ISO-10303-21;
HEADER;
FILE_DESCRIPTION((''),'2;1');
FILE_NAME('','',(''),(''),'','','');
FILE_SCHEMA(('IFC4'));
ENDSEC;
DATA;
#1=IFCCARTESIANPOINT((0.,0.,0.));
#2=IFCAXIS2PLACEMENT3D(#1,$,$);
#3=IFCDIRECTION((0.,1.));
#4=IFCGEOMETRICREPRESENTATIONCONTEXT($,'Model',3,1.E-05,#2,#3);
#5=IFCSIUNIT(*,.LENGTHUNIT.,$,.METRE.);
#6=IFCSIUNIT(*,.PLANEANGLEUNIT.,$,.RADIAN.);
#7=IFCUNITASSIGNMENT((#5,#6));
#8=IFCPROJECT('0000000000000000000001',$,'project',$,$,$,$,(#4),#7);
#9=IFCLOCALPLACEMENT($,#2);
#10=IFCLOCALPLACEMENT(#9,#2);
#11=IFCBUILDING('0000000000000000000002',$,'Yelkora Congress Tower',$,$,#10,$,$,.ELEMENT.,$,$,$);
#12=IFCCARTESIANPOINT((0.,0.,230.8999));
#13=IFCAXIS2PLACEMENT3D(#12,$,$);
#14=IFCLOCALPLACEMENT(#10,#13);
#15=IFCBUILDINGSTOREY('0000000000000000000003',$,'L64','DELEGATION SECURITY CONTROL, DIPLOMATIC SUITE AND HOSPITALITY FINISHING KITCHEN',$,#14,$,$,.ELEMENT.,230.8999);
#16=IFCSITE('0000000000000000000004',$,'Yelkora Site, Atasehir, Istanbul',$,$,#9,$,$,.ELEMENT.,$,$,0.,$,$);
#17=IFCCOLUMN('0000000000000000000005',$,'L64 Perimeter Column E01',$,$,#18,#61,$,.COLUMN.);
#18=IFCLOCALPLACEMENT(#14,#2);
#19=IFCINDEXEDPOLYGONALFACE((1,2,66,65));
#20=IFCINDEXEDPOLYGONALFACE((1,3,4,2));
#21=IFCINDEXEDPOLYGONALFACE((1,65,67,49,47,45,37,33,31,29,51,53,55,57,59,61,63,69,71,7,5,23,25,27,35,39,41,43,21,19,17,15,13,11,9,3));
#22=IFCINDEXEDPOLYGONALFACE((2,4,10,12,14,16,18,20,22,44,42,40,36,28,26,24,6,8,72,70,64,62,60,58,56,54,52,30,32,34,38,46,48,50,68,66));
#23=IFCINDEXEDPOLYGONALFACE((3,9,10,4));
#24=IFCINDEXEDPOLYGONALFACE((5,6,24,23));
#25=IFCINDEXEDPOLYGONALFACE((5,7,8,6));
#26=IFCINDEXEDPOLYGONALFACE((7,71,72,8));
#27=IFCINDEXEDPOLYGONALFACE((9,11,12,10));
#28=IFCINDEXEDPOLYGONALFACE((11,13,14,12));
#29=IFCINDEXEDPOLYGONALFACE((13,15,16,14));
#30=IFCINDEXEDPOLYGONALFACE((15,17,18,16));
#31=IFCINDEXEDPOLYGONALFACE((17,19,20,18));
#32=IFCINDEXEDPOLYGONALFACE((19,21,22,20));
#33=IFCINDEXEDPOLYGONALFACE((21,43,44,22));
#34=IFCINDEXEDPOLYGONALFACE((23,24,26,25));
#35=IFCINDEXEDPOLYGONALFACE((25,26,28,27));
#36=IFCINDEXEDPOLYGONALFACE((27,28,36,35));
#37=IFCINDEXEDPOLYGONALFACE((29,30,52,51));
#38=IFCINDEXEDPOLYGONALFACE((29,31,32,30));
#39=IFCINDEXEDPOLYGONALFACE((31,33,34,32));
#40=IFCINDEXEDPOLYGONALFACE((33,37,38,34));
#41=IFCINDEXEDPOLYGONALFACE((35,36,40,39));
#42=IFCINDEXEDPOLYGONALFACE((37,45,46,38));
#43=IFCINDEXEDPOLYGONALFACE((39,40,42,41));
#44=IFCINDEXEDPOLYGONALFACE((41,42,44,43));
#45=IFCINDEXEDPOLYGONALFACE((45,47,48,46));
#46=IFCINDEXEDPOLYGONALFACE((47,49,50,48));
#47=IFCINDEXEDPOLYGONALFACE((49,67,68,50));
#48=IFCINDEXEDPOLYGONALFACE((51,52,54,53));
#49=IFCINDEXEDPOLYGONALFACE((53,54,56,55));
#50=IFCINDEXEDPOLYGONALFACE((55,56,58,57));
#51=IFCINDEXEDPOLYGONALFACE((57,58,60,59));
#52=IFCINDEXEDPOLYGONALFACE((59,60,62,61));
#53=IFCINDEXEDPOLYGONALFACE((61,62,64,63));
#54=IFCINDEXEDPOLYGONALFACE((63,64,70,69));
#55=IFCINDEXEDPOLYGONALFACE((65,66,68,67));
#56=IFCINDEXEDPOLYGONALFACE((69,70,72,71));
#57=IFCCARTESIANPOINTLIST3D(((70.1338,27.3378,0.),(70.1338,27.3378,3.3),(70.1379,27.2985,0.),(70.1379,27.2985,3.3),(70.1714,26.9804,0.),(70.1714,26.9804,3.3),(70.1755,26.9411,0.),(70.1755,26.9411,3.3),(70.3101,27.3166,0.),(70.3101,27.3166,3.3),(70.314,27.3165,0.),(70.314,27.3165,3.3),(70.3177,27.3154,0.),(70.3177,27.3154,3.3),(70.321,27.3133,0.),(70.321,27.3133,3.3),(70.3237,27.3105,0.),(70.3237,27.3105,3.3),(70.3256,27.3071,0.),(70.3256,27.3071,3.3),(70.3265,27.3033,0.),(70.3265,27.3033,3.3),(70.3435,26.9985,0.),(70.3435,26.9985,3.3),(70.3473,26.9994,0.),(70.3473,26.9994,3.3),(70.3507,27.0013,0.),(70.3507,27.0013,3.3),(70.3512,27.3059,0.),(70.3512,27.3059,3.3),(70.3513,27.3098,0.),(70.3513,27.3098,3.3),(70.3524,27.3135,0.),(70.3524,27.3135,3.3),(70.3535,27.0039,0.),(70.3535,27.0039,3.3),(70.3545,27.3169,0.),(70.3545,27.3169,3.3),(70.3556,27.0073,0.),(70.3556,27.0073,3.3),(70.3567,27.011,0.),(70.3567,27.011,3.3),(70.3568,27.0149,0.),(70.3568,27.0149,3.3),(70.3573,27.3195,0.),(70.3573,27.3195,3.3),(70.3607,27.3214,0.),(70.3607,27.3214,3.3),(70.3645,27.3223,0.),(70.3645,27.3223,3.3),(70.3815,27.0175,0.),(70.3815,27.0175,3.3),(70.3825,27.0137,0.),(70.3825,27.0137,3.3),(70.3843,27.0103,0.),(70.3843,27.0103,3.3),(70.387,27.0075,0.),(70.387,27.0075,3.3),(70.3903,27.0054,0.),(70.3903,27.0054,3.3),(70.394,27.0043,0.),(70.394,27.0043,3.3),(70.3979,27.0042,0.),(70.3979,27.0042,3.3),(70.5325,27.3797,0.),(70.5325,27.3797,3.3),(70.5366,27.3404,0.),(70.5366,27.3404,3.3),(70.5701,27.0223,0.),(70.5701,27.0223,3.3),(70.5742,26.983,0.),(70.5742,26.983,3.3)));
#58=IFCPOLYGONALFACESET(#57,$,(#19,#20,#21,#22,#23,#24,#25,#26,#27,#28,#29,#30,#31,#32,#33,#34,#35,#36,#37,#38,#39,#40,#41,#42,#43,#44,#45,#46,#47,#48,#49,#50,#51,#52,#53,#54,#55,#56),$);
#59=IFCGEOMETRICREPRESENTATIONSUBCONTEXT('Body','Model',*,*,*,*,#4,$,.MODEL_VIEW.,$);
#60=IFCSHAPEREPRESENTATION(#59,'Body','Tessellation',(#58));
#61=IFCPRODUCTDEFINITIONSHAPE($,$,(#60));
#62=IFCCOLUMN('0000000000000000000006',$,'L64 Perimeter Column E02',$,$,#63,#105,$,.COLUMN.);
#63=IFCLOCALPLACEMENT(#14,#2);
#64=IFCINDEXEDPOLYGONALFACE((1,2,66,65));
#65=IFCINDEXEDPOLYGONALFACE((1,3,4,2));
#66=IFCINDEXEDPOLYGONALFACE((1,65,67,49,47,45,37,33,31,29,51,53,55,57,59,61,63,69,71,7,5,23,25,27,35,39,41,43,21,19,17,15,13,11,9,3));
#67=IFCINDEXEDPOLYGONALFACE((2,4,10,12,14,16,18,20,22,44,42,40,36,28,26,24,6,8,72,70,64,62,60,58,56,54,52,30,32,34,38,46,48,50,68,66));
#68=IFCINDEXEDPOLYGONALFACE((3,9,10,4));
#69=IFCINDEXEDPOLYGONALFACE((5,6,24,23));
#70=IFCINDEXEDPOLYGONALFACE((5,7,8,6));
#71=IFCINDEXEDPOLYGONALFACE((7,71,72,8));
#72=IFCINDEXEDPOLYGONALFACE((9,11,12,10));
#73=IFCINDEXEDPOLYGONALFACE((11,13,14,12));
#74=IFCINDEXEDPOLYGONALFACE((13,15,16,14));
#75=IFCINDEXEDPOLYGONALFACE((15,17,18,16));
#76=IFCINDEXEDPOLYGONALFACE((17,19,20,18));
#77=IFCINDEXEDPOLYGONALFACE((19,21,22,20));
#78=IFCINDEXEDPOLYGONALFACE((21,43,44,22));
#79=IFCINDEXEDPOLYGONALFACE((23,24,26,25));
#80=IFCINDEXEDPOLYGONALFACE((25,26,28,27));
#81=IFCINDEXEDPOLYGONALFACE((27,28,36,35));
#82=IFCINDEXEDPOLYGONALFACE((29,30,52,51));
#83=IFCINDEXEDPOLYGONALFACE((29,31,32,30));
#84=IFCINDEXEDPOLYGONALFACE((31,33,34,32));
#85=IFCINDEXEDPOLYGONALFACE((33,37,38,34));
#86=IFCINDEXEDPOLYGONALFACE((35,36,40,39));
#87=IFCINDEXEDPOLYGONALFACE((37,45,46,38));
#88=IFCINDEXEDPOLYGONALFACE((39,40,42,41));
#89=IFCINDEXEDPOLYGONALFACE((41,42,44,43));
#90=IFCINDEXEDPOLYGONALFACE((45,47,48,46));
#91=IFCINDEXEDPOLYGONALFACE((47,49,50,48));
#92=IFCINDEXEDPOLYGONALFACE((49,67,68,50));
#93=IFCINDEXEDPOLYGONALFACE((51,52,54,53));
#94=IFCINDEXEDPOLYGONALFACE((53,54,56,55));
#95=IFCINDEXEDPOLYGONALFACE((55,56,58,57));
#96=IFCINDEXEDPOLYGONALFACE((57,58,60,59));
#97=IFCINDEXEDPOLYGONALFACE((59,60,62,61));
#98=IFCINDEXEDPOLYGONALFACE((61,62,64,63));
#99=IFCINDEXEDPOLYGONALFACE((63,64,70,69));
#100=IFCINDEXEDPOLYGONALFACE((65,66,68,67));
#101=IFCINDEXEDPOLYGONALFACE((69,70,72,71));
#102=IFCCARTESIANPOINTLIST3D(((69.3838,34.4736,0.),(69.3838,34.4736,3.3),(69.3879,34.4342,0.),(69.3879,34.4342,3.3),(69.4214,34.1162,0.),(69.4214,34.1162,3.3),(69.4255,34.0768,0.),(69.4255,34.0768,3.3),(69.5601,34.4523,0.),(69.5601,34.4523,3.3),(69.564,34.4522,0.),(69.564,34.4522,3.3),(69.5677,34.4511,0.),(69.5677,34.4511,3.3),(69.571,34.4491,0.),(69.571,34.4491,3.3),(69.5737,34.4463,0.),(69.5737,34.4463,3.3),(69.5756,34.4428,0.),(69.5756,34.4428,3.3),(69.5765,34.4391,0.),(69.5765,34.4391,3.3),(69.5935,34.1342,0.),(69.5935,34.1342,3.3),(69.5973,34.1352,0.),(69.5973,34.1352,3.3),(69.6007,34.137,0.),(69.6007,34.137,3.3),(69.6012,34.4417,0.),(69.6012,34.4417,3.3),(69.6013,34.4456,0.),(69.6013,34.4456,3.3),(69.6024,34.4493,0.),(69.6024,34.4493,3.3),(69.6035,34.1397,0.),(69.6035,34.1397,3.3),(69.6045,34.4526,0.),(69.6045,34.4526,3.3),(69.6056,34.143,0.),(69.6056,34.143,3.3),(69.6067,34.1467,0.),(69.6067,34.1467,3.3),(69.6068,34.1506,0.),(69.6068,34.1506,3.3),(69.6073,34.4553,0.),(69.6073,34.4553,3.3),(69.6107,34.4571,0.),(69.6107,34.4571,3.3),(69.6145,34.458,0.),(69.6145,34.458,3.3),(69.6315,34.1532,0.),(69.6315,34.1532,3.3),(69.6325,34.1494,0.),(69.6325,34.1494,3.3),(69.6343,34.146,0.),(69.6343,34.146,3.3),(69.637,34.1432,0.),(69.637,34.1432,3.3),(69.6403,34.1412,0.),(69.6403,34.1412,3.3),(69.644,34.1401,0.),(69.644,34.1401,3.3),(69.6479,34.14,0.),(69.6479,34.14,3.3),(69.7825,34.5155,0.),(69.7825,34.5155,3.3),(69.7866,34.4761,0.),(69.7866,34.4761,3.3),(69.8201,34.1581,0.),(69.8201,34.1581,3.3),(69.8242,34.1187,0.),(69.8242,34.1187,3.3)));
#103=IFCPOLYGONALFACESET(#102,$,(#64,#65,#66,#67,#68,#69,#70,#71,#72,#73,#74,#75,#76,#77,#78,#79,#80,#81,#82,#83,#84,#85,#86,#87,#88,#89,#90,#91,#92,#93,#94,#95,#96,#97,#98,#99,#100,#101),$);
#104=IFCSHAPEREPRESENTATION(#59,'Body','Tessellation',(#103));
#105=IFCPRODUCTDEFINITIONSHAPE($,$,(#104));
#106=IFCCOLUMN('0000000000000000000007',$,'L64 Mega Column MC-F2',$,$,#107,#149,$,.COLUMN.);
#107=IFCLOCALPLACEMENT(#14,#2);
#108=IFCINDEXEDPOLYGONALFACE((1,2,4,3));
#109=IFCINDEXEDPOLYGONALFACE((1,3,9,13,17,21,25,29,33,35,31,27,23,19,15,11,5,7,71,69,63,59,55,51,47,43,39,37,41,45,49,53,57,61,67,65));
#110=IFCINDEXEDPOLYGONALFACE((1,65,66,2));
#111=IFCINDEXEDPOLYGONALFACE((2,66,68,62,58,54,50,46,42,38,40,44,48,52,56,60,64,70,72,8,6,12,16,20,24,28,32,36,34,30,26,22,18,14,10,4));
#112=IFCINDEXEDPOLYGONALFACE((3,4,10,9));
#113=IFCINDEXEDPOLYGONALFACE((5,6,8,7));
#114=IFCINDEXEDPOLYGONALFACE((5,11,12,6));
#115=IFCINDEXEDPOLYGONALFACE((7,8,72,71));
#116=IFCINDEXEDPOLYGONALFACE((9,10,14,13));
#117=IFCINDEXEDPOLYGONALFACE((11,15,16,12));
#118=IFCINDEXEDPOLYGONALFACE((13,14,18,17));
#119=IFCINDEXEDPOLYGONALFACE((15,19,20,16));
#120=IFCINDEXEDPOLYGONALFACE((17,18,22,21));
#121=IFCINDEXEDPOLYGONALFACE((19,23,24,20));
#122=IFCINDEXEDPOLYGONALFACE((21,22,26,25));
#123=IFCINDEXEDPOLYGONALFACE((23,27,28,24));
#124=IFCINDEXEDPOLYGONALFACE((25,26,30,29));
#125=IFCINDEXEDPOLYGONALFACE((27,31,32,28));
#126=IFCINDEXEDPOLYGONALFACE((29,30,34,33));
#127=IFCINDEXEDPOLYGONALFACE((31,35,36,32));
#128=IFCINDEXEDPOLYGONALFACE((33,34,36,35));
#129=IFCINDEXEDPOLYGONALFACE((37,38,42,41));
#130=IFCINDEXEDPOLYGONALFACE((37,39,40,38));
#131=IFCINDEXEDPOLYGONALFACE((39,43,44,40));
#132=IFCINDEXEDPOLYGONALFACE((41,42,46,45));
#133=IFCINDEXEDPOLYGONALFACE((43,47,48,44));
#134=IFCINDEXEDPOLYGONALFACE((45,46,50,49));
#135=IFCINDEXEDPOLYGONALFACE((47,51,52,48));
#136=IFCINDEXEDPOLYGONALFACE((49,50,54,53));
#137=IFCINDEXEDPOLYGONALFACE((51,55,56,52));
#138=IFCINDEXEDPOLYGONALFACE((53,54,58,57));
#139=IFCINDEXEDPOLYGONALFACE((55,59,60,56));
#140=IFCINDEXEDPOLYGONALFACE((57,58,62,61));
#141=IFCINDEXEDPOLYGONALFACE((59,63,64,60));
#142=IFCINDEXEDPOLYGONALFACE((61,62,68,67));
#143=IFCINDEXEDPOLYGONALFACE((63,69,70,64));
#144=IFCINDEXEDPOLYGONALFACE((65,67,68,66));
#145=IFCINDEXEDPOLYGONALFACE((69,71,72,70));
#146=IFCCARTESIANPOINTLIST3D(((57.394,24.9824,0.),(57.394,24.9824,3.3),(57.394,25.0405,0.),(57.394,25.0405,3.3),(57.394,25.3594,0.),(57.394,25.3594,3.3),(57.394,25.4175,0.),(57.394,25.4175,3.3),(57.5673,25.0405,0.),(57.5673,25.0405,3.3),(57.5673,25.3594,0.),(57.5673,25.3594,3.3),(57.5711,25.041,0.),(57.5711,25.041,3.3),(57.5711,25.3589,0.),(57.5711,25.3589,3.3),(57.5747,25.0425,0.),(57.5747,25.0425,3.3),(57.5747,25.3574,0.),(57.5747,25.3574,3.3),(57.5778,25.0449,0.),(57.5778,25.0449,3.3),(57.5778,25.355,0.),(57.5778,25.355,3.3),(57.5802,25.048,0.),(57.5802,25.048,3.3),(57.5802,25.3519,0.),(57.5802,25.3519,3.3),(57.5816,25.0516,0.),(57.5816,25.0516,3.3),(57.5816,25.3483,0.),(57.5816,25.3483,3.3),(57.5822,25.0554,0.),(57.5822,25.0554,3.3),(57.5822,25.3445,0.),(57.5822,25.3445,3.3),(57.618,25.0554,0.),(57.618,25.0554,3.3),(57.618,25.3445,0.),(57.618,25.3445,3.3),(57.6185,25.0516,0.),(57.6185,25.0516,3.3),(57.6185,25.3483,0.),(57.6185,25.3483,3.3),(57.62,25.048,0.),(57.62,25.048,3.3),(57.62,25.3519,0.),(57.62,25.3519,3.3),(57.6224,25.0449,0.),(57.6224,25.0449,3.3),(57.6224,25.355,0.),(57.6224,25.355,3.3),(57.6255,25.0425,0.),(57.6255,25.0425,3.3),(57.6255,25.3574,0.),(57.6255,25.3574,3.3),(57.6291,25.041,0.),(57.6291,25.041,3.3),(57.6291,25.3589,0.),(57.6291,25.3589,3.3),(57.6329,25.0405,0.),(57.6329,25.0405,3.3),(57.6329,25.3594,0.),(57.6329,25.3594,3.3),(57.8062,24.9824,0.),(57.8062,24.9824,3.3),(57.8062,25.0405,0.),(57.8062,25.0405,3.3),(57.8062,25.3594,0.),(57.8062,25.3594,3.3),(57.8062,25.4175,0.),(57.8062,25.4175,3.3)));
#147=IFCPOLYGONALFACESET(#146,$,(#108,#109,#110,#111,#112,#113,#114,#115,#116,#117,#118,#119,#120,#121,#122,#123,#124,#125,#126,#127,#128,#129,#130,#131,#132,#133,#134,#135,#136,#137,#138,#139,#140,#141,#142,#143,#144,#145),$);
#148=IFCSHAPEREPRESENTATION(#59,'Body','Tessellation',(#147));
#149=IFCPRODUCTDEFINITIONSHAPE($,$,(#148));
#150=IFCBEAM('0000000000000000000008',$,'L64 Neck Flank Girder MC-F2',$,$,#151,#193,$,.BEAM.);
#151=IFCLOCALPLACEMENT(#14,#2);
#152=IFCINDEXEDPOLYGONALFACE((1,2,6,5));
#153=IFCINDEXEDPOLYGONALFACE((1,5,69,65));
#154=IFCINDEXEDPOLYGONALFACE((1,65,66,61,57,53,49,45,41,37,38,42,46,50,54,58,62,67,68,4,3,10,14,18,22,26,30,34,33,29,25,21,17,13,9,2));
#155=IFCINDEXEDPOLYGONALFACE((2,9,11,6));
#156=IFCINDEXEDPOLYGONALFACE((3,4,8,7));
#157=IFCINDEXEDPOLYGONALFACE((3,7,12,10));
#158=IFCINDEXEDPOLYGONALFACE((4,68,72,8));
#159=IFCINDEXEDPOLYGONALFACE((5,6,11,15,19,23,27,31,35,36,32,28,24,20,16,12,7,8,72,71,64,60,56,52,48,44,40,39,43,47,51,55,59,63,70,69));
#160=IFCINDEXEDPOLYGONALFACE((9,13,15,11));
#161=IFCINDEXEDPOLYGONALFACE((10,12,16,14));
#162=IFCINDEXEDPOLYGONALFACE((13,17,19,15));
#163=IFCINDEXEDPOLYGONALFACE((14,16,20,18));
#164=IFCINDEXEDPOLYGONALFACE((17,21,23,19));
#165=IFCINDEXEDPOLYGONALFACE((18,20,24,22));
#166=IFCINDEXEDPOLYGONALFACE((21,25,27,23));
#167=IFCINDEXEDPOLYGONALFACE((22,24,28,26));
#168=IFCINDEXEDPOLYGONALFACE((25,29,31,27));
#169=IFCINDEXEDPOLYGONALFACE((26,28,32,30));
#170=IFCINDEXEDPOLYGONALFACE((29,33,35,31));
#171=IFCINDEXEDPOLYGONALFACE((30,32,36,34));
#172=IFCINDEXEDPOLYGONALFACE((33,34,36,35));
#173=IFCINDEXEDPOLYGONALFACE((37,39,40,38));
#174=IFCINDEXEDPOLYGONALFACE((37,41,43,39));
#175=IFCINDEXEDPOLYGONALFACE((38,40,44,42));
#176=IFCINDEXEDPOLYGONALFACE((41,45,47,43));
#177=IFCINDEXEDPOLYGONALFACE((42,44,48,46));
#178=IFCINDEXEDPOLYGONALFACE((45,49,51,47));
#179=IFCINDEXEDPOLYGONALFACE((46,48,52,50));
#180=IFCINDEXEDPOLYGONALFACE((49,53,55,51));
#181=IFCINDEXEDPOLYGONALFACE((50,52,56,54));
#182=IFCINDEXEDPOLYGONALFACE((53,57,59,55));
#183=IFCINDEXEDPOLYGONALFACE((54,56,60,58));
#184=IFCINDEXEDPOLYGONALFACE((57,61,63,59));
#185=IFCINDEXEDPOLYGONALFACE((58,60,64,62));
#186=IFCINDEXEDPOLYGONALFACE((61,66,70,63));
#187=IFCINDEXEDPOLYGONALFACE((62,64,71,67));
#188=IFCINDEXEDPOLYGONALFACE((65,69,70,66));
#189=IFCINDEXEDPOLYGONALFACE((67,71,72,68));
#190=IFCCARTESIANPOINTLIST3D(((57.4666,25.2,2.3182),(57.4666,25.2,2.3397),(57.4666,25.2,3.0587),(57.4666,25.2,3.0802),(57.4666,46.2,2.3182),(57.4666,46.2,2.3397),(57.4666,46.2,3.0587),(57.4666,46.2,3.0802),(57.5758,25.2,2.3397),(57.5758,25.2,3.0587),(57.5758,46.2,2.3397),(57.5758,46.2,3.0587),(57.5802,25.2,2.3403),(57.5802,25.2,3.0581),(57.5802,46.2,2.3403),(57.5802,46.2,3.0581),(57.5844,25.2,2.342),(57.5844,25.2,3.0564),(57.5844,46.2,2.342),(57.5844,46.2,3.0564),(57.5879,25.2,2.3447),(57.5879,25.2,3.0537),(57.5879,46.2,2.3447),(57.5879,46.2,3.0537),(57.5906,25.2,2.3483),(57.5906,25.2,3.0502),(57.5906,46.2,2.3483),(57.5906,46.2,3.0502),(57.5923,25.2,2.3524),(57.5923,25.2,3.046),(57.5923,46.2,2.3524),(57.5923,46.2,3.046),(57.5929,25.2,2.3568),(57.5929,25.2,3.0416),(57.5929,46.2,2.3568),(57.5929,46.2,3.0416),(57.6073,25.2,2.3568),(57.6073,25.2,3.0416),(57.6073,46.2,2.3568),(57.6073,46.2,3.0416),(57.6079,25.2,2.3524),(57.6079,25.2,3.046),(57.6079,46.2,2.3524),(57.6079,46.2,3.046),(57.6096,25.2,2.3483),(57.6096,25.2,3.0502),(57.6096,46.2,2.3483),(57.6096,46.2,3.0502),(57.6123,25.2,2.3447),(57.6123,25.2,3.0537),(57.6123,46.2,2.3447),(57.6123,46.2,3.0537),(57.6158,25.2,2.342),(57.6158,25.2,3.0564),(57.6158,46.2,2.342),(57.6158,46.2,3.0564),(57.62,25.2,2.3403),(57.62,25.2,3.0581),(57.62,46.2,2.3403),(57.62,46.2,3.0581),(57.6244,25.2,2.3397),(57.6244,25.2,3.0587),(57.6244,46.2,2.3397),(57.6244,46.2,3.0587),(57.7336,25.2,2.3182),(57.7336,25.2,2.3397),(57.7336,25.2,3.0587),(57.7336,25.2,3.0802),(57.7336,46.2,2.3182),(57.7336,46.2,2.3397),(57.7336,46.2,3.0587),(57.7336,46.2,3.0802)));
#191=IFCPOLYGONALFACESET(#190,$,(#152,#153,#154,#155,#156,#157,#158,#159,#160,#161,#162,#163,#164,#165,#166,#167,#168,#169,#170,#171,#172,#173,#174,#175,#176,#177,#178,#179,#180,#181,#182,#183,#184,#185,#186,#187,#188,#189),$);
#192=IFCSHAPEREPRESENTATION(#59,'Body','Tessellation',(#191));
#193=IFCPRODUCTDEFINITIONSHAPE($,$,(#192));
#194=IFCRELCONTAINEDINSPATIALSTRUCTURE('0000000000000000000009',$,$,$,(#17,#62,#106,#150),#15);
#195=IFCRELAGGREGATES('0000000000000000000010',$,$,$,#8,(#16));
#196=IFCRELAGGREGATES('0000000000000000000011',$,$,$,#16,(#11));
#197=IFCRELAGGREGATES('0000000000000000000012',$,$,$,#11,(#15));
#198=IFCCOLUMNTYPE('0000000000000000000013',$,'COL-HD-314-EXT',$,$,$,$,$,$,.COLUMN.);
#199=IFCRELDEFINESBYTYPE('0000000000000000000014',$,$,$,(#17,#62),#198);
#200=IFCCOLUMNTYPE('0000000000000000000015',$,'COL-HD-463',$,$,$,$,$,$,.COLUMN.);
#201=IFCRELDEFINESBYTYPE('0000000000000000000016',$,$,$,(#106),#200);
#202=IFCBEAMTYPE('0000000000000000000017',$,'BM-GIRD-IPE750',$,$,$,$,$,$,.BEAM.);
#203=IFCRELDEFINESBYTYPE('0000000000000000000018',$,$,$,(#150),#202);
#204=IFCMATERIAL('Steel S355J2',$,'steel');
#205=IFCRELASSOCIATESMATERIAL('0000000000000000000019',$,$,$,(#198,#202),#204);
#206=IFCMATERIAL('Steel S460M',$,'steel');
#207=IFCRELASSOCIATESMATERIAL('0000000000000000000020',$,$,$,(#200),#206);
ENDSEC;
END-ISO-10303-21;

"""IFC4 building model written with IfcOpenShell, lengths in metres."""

from ifc_helpers import new_model, si_unit, direction, frame, origin, origin_2d, place, context, subcontext, project, spatial, i_section, extrude, material, material_profile, profile_set, type_object, element, save


model = new_model("IFC4")

# Units and contexts
model_context = context("Model", 3, precision=1e-05, world=origin(), true_north=direction((0.0, 1.0)))
body_context = subcontext(model_context, "Body", "Model", "MODEL_VIEW")
ifc_project = project(units=[si_unit("LENGTHUNIT", "METRE"), si_unit("PLANEANGLEUNIT", "RADIAN")], contexts=[model_context])

# Site, building, storey
site_placement = place(None, origin())
site = spatial("IfcSite", under=ifc_project, at=site_placement, Name="Yelkora Site, Atasehir, Istanbul", CompositionType="ELEMENT", RefElevation=0.0)
building_placement = place(site_placement, origin())
building = spatial("IfcBuilding", under=site, at=building_placement, Name="Yelkora Congress Tower", CompositionType="ELEMENT")
storey_placement = place(building_placement, frame((0.0, 0.0, 230.8999)))
storey = spatial("IfcBuildingStorey", under=building, at=storey_placement, Name="L64", Description="DELEGATION SECURITY CONTROL, DIPLOMATIC SUITE AND HOSPITALITY FINISHING KITCHEN", CompositionType="ELEMENT", Elevation=230.8999)

# Columns
ifc_material_1 = material(Name="Steel S355J2", Category="steel")
ifc_material_profile_1 = material_profile(ifc_material_1, i_section(OverallWidth=0.4009, OverallDepth=0.3989, WebThickness=0.0249, FlangeThickness=0.0396, FilletRadius=0.0149, at=origin_2d()), Name="HD 400x314")
ifc_profile_set_1 = profile_set([ifc_material_profile_1], Name="Steel S355J2")
column_type_1 = type_object("IfcColumnType", Name="COL-HD-314-EXT", PredefinedType="COLUMN", material=ifc_profile_set_1)
for number, where, z_axis, x_axis, name in (
    (1, (70.354, 27.1604, 0.0), (0.0, 0.0, 1.0), (0.994522, 0.104528, 0.0), "L64 Perimeter Column E01"),
    (2, (69.604, 34.2961, 0.0), (0.0, 0.0, 1.0), (0.994522, 0.104528, 0.0), "L64 Perimeter Column E02"),
):
    element("IfcColumn", number, at=place(storey_placement, frame(where, z_axis=z_axis, x_axis=x_axis)), inside=storey, type_object=column_type_1, Name=name, PredefinedType="COLUMN", context=body_context, shape_type="SweptSolid", body=[
        extrude(i_section(OverallWidth=0.4009, OverallDepth=0.3989, WebThickness=0.0249, FlangeThickness=0.0396, FilletRadius=0.0149, at=origin_2d()), origin(), (0.0, 0.0, 1.0), 3.3),
    ])
ifc_material_2 = material(Name="Steel S460M", Category="steel")
ifc_material_profile_2 = material_profile(ifc_material_2, i_section(OverallWidth=0.4121, OverallDepth=0.4351, WebThickness=0.0359, FlangeThickness=0.0581, FilletRadius=0.0149, at=origin_2d()), Name="HD 400x463")
ifc_profile_set_2 = profile_set([ifc_material_profile_2], Name="Steel S460M")
column_type_2 = type_object("IfcColumnType", Name="COL-HD-463", PredefinedType="COLUMN", material=ifc_profile_set_2)
column_placement = place(storey_placement, frame((57.6001, 25.2, 0.0), z_axis=(0.0, 0.0, 1.0), x_axis=(1.0, 0.0, 0.0)))
element("IfcColumn", 3, at=column_placement, inside=storey, type_object=column_type_2, Name="L64 Mega Column MC-F2", PredefinedType="COLUMN", context=body_context, shape_type="SweptSolid", body=[
    extrude(i_section(OverallWidth=0.4121, OverallDepth=0.4351, WebThickness=0.0359, FlangeThickness=0.0581, FilletRadius=0.0149, at=origin_2d()), origin(), (0.0, 0.0, 1.0), 3.3),
])

# Beam
ifc_material_profile_3 = material_profile(ifc_material_1, i_section(OverallWidth=0.2671, OverallDepth=0.762, WebThickness=0.0144, FlangeThickness=0.0215, FilletRadius=0.0171, at=origin_2d()), Name="IPE 750x173")
ifc_profile_set_3 = profile_set([ifc_material_profile_3], Name="Steel S355J2")
beam_type_1 = type_object("IfcBeamType", Name="BM-GIRD-IPE750", PredefinedType="BEAM", material=ifc_profile_set_3)
beam_1_placement = place(storey_placement, frame((57.6001, 25.2, 2.6992), z_axis=(0.0, 1.0, 0.0), x_axis=(-1.0, 0.0, 0.0)))
element("IfcBeam", 4, at=beam_1_placement, inside=storey, type_object=beam_type_1, Name="L64 Neck Flank Girder MC-F2", PredefinedType="BEAM", context=body_context, shape_type="SweptSolid", body=[
    extrude(i_section(OverallWidth=0.2671, OverallDepth=0.762, WebThickness=0.0144, FlangeThickness=0.0215, FilletRadius=0.0171, at=origin_2d()), origin(), (0.0, 0.0, 1.0), 21.0),
])

save(model, "model.ifc")
